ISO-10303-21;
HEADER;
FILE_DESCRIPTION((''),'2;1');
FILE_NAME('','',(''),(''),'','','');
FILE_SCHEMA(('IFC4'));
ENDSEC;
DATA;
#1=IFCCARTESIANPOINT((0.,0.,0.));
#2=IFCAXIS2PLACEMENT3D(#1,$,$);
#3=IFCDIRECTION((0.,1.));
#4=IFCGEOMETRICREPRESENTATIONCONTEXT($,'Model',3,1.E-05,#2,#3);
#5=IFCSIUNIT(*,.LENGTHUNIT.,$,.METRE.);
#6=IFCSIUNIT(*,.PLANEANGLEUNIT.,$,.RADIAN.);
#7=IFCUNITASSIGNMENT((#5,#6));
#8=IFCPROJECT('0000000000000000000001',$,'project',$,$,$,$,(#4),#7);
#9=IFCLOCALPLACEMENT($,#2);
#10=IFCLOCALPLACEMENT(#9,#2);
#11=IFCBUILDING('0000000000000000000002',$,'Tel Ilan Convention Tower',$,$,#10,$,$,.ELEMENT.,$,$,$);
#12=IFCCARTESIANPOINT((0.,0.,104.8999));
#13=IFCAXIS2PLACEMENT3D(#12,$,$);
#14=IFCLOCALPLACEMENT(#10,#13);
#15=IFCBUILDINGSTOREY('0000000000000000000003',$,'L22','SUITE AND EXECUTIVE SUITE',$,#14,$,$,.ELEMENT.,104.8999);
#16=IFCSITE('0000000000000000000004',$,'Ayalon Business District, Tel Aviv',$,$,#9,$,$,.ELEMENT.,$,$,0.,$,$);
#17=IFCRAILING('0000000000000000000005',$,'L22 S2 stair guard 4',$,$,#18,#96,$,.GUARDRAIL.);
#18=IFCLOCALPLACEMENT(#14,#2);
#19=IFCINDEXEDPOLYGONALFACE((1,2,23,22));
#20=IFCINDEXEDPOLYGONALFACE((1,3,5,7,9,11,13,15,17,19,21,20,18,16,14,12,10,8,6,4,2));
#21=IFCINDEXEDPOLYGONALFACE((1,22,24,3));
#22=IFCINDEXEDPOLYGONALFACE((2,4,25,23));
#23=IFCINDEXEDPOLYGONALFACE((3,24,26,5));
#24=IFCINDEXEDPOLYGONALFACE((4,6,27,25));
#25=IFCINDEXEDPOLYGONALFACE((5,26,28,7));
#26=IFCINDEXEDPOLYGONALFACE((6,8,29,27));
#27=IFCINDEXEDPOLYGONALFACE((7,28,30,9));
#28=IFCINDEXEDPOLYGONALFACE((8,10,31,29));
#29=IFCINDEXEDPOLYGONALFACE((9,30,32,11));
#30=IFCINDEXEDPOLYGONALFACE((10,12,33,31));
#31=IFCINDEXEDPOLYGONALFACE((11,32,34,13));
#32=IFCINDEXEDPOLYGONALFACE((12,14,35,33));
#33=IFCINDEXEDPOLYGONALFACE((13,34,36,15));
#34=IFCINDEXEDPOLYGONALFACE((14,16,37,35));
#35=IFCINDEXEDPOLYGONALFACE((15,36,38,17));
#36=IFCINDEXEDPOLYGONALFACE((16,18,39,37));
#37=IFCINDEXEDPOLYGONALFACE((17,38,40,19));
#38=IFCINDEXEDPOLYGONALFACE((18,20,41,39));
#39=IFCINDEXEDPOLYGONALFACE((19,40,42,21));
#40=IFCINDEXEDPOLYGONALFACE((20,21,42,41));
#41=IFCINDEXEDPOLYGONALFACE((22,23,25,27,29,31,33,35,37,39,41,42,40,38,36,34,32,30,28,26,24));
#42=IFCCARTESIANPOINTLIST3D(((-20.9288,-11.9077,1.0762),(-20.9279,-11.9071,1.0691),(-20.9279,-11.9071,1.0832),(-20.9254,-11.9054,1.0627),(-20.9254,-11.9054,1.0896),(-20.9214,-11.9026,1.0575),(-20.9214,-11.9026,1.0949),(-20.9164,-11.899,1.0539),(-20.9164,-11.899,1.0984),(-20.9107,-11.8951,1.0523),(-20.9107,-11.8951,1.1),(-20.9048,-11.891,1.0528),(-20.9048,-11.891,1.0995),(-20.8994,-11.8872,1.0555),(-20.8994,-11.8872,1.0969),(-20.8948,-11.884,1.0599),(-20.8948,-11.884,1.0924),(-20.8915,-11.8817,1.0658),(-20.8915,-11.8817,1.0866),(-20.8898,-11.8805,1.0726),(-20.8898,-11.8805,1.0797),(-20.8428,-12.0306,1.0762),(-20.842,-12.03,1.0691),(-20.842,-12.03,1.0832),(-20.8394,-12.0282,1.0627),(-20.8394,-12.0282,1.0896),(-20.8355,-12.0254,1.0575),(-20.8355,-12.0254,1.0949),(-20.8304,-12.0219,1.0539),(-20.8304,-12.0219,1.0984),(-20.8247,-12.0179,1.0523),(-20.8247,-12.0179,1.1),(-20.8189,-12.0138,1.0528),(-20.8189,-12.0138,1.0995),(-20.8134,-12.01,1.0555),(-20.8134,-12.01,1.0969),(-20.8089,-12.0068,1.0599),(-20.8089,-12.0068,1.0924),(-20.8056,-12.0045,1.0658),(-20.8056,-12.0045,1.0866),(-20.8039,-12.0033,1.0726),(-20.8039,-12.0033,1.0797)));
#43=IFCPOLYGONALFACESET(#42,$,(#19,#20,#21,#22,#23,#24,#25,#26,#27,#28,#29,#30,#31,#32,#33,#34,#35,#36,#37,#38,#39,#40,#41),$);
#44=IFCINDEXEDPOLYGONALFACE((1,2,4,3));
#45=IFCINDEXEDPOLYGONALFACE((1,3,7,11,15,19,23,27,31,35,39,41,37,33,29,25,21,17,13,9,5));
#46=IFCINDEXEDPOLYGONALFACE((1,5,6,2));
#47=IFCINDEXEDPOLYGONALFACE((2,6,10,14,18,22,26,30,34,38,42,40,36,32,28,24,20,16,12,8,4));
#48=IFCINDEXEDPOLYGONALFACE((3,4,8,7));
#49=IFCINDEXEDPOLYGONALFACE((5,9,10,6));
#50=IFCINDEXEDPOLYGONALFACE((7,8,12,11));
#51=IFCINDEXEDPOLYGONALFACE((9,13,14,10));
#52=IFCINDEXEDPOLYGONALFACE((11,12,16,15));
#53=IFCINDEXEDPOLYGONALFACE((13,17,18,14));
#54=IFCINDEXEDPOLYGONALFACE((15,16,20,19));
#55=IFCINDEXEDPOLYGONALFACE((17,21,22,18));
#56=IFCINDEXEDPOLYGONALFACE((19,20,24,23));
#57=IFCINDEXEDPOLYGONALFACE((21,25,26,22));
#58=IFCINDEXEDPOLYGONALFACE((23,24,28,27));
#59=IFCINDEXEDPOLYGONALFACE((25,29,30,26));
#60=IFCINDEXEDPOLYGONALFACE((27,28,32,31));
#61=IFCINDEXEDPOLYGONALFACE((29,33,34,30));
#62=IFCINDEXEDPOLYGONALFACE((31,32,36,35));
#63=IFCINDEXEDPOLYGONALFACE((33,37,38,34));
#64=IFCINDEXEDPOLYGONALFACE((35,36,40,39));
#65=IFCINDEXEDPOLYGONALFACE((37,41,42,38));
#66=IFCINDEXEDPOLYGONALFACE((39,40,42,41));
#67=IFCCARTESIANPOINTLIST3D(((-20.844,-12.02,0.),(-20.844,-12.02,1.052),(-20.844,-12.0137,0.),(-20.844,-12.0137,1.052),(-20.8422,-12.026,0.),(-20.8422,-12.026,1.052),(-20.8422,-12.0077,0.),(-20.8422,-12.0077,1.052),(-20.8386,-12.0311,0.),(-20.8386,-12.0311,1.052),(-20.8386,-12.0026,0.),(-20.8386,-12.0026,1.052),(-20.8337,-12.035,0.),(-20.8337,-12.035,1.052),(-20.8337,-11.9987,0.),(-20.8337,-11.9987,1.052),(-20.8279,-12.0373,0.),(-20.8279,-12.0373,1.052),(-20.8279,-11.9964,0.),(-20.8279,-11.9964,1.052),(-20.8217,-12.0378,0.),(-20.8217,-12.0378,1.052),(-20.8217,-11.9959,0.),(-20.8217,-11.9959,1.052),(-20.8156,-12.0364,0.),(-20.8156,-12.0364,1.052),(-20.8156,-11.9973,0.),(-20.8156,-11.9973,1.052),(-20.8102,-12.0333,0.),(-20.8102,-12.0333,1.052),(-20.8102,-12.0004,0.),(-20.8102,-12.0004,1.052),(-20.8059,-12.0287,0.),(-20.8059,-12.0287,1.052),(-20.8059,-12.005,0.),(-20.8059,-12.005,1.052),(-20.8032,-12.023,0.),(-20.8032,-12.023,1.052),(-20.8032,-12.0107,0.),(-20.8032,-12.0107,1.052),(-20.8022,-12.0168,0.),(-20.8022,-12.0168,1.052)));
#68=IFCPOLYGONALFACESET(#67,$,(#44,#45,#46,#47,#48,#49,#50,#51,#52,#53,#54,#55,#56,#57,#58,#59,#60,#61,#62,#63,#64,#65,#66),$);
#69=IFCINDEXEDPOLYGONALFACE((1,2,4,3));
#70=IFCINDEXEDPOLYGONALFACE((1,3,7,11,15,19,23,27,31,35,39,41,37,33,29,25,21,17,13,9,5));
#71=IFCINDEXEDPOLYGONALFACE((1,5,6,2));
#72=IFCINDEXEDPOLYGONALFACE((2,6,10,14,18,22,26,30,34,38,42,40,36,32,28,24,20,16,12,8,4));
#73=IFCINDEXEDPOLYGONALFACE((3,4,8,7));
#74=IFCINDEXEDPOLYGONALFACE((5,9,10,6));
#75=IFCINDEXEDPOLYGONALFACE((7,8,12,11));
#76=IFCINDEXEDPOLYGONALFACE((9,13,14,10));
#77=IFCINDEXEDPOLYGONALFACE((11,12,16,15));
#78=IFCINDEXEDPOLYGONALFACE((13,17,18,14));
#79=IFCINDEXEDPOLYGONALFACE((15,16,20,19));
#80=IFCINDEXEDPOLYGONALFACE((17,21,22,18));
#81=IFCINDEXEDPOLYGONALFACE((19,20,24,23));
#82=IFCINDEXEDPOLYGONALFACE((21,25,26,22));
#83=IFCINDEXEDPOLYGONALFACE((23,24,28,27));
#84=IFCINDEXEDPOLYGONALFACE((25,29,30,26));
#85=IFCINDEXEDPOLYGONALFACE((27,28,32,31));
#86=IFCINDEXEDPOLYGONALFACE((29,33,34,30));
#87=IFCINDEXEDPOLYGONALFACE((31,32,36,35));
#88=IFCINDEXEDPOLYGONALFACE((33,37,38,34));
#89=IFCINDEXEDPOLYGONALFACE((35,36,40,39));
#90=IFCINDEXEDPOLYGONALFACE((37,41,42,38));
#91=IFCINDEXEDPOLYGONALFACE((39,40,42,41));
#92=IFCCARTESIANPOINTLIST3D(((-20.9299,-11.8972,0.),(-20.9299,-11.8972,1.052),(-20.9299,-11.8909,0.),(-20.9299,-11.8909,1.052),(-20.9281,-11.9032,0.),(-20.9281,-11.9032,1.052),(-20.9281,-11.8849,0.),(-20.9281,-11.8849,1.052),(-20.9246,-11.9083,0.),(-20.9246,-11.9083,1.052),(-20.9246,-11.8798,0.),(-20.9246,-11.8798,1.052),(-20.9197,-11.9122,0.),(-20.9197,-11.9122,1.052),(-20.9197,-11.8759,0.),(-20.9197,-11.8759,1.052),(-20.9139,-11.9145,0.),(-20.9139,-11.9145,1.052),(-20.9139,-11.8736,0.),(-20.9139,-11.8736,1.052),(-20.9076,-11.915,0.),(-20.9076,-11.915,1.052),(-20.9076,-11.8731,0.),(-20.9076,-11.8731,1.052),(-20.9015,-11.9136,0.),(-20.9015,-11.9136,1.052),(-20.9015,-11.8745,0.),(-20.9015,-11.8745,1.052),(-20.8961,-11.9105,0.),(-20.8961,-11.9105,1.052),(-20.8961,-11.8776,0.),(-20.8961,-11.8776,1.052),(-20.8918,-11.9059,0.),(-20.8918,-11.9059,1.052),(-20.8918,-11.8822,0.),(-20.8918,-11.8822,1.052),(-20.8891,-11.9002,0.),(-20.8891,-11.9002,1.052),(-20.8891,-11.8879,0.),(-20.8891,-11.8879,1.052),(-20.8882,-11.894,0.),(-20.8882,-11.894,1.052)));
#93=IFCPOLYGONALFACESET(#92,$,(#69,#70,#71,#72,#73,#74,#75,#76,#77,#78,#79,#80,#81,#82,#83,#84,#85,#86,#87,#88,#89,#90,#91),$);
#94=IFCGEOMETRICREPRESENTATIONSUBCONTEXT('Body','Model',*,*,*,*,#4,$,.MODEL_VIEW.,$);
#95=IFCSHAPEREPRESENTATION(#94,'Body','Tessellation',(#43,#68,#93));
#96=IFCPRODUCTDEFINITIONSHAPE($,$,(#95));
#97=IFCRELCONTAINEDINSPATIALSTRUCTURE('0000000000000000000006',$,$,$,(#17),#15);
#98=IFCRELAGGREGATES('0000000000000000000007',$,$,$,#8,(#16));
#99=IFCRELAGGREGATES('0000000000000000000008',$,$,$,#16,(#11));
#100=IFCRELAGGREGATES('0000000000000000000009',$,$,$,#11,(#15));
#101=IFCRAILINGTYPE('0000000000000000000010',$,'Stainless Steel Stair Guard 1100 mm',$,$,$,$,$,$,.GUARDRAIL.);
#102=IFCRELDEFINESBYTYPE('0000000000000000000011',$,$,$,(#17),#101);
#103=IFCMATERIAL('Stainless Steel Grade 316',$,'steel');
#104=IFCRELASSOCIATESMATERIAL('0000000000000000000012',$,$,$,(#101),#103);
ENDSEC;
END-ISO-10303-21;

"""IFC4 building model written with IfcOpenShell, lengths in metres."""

from ifc_helpers import new_model, si_unit, direction, frame, origin, origin_2d, place, context, subcontext, project, spatial, circle, extrude, material, type_object, element, save


model = new_model("IFC4")

# Units and contexts
model_context = context("Model", 3, precision=1e-05, world=origin(), true_north=direction((0.0, 1.0)))
body_context = subcontext(model_context, "Body", "Model", "MODEL_VIEW")
ifc_project = project(units=[si_unit("LENGTHUNIT", "METRE"), si_unit("PLANEANGLEUNIT", "RADIAN")], contexts=[model_context])

# Site, building, storey
site_placement = place(None, origin())
site = spatial("IfcSite", under=ifc_project, at=site_placement, Name="Ayalon Business District, Tel Aviv", CompositionType="ELEMENT", RefElevation=0.0)
building_placement = place(site_placement, origin())
building = spatial("IfcBuilding", under=site, at=building_placement, Name="Tel Ilan Convention Tower", CompositionType="ELEMENT")
storey_placement = place(building_placement, frame((0.0, 0.0, 104.8999)))
storey = spatial("IfcBuildingStorey", under=building, at=storey_placement, Name="L22", Description="SUITE AND EXECUTIVE SUITE", CompositionType="ELEMENT", Elevation=104.8999)

# Railing
ifc_material_1 = material(Name="Stainless Steel Grade 316", Category="steel")
railing_type_1 = type_object("IfcRailingType", Name="Stainless Steel Stair Guard 1100 mm", PredefinedType="GUARDRAIL", material=ifc_material_1)
railing_1_placement = place(storey_placement, frame((-20.8232, -12.0168, 0.0)))
element("IfcRailing", 1, at=railing_1_placement, inside=storey, type_object=railing_type_1, Name="L22 S2 stair guard 4", PredefinedType="GUARDRAIL", context=body_context, shape_type="SweptSolid", body=[
    extrude(circle(Radius=0.0239, at=origin_2d()), frame((0.0, 0.0, 1.0762), z_axis=(-0.573353, 0.819308, 0.0), x_axis=(-0.819308, -0.573353, 0.0)), (0.0, 0.0, 1.0), 0.1499),
    extrude(circle(Radius=0.021, at=origin_2d()), origin(), (0.0, 0.0, 1.0), 1.052),
    extrude(circle(Radius=0.021, at=origin_2d()), frame((-0.0859, 0.1228, 0.0)), (0.0, 0.0, 1.0), 1.052),
])

save(model, "model.ifc")
